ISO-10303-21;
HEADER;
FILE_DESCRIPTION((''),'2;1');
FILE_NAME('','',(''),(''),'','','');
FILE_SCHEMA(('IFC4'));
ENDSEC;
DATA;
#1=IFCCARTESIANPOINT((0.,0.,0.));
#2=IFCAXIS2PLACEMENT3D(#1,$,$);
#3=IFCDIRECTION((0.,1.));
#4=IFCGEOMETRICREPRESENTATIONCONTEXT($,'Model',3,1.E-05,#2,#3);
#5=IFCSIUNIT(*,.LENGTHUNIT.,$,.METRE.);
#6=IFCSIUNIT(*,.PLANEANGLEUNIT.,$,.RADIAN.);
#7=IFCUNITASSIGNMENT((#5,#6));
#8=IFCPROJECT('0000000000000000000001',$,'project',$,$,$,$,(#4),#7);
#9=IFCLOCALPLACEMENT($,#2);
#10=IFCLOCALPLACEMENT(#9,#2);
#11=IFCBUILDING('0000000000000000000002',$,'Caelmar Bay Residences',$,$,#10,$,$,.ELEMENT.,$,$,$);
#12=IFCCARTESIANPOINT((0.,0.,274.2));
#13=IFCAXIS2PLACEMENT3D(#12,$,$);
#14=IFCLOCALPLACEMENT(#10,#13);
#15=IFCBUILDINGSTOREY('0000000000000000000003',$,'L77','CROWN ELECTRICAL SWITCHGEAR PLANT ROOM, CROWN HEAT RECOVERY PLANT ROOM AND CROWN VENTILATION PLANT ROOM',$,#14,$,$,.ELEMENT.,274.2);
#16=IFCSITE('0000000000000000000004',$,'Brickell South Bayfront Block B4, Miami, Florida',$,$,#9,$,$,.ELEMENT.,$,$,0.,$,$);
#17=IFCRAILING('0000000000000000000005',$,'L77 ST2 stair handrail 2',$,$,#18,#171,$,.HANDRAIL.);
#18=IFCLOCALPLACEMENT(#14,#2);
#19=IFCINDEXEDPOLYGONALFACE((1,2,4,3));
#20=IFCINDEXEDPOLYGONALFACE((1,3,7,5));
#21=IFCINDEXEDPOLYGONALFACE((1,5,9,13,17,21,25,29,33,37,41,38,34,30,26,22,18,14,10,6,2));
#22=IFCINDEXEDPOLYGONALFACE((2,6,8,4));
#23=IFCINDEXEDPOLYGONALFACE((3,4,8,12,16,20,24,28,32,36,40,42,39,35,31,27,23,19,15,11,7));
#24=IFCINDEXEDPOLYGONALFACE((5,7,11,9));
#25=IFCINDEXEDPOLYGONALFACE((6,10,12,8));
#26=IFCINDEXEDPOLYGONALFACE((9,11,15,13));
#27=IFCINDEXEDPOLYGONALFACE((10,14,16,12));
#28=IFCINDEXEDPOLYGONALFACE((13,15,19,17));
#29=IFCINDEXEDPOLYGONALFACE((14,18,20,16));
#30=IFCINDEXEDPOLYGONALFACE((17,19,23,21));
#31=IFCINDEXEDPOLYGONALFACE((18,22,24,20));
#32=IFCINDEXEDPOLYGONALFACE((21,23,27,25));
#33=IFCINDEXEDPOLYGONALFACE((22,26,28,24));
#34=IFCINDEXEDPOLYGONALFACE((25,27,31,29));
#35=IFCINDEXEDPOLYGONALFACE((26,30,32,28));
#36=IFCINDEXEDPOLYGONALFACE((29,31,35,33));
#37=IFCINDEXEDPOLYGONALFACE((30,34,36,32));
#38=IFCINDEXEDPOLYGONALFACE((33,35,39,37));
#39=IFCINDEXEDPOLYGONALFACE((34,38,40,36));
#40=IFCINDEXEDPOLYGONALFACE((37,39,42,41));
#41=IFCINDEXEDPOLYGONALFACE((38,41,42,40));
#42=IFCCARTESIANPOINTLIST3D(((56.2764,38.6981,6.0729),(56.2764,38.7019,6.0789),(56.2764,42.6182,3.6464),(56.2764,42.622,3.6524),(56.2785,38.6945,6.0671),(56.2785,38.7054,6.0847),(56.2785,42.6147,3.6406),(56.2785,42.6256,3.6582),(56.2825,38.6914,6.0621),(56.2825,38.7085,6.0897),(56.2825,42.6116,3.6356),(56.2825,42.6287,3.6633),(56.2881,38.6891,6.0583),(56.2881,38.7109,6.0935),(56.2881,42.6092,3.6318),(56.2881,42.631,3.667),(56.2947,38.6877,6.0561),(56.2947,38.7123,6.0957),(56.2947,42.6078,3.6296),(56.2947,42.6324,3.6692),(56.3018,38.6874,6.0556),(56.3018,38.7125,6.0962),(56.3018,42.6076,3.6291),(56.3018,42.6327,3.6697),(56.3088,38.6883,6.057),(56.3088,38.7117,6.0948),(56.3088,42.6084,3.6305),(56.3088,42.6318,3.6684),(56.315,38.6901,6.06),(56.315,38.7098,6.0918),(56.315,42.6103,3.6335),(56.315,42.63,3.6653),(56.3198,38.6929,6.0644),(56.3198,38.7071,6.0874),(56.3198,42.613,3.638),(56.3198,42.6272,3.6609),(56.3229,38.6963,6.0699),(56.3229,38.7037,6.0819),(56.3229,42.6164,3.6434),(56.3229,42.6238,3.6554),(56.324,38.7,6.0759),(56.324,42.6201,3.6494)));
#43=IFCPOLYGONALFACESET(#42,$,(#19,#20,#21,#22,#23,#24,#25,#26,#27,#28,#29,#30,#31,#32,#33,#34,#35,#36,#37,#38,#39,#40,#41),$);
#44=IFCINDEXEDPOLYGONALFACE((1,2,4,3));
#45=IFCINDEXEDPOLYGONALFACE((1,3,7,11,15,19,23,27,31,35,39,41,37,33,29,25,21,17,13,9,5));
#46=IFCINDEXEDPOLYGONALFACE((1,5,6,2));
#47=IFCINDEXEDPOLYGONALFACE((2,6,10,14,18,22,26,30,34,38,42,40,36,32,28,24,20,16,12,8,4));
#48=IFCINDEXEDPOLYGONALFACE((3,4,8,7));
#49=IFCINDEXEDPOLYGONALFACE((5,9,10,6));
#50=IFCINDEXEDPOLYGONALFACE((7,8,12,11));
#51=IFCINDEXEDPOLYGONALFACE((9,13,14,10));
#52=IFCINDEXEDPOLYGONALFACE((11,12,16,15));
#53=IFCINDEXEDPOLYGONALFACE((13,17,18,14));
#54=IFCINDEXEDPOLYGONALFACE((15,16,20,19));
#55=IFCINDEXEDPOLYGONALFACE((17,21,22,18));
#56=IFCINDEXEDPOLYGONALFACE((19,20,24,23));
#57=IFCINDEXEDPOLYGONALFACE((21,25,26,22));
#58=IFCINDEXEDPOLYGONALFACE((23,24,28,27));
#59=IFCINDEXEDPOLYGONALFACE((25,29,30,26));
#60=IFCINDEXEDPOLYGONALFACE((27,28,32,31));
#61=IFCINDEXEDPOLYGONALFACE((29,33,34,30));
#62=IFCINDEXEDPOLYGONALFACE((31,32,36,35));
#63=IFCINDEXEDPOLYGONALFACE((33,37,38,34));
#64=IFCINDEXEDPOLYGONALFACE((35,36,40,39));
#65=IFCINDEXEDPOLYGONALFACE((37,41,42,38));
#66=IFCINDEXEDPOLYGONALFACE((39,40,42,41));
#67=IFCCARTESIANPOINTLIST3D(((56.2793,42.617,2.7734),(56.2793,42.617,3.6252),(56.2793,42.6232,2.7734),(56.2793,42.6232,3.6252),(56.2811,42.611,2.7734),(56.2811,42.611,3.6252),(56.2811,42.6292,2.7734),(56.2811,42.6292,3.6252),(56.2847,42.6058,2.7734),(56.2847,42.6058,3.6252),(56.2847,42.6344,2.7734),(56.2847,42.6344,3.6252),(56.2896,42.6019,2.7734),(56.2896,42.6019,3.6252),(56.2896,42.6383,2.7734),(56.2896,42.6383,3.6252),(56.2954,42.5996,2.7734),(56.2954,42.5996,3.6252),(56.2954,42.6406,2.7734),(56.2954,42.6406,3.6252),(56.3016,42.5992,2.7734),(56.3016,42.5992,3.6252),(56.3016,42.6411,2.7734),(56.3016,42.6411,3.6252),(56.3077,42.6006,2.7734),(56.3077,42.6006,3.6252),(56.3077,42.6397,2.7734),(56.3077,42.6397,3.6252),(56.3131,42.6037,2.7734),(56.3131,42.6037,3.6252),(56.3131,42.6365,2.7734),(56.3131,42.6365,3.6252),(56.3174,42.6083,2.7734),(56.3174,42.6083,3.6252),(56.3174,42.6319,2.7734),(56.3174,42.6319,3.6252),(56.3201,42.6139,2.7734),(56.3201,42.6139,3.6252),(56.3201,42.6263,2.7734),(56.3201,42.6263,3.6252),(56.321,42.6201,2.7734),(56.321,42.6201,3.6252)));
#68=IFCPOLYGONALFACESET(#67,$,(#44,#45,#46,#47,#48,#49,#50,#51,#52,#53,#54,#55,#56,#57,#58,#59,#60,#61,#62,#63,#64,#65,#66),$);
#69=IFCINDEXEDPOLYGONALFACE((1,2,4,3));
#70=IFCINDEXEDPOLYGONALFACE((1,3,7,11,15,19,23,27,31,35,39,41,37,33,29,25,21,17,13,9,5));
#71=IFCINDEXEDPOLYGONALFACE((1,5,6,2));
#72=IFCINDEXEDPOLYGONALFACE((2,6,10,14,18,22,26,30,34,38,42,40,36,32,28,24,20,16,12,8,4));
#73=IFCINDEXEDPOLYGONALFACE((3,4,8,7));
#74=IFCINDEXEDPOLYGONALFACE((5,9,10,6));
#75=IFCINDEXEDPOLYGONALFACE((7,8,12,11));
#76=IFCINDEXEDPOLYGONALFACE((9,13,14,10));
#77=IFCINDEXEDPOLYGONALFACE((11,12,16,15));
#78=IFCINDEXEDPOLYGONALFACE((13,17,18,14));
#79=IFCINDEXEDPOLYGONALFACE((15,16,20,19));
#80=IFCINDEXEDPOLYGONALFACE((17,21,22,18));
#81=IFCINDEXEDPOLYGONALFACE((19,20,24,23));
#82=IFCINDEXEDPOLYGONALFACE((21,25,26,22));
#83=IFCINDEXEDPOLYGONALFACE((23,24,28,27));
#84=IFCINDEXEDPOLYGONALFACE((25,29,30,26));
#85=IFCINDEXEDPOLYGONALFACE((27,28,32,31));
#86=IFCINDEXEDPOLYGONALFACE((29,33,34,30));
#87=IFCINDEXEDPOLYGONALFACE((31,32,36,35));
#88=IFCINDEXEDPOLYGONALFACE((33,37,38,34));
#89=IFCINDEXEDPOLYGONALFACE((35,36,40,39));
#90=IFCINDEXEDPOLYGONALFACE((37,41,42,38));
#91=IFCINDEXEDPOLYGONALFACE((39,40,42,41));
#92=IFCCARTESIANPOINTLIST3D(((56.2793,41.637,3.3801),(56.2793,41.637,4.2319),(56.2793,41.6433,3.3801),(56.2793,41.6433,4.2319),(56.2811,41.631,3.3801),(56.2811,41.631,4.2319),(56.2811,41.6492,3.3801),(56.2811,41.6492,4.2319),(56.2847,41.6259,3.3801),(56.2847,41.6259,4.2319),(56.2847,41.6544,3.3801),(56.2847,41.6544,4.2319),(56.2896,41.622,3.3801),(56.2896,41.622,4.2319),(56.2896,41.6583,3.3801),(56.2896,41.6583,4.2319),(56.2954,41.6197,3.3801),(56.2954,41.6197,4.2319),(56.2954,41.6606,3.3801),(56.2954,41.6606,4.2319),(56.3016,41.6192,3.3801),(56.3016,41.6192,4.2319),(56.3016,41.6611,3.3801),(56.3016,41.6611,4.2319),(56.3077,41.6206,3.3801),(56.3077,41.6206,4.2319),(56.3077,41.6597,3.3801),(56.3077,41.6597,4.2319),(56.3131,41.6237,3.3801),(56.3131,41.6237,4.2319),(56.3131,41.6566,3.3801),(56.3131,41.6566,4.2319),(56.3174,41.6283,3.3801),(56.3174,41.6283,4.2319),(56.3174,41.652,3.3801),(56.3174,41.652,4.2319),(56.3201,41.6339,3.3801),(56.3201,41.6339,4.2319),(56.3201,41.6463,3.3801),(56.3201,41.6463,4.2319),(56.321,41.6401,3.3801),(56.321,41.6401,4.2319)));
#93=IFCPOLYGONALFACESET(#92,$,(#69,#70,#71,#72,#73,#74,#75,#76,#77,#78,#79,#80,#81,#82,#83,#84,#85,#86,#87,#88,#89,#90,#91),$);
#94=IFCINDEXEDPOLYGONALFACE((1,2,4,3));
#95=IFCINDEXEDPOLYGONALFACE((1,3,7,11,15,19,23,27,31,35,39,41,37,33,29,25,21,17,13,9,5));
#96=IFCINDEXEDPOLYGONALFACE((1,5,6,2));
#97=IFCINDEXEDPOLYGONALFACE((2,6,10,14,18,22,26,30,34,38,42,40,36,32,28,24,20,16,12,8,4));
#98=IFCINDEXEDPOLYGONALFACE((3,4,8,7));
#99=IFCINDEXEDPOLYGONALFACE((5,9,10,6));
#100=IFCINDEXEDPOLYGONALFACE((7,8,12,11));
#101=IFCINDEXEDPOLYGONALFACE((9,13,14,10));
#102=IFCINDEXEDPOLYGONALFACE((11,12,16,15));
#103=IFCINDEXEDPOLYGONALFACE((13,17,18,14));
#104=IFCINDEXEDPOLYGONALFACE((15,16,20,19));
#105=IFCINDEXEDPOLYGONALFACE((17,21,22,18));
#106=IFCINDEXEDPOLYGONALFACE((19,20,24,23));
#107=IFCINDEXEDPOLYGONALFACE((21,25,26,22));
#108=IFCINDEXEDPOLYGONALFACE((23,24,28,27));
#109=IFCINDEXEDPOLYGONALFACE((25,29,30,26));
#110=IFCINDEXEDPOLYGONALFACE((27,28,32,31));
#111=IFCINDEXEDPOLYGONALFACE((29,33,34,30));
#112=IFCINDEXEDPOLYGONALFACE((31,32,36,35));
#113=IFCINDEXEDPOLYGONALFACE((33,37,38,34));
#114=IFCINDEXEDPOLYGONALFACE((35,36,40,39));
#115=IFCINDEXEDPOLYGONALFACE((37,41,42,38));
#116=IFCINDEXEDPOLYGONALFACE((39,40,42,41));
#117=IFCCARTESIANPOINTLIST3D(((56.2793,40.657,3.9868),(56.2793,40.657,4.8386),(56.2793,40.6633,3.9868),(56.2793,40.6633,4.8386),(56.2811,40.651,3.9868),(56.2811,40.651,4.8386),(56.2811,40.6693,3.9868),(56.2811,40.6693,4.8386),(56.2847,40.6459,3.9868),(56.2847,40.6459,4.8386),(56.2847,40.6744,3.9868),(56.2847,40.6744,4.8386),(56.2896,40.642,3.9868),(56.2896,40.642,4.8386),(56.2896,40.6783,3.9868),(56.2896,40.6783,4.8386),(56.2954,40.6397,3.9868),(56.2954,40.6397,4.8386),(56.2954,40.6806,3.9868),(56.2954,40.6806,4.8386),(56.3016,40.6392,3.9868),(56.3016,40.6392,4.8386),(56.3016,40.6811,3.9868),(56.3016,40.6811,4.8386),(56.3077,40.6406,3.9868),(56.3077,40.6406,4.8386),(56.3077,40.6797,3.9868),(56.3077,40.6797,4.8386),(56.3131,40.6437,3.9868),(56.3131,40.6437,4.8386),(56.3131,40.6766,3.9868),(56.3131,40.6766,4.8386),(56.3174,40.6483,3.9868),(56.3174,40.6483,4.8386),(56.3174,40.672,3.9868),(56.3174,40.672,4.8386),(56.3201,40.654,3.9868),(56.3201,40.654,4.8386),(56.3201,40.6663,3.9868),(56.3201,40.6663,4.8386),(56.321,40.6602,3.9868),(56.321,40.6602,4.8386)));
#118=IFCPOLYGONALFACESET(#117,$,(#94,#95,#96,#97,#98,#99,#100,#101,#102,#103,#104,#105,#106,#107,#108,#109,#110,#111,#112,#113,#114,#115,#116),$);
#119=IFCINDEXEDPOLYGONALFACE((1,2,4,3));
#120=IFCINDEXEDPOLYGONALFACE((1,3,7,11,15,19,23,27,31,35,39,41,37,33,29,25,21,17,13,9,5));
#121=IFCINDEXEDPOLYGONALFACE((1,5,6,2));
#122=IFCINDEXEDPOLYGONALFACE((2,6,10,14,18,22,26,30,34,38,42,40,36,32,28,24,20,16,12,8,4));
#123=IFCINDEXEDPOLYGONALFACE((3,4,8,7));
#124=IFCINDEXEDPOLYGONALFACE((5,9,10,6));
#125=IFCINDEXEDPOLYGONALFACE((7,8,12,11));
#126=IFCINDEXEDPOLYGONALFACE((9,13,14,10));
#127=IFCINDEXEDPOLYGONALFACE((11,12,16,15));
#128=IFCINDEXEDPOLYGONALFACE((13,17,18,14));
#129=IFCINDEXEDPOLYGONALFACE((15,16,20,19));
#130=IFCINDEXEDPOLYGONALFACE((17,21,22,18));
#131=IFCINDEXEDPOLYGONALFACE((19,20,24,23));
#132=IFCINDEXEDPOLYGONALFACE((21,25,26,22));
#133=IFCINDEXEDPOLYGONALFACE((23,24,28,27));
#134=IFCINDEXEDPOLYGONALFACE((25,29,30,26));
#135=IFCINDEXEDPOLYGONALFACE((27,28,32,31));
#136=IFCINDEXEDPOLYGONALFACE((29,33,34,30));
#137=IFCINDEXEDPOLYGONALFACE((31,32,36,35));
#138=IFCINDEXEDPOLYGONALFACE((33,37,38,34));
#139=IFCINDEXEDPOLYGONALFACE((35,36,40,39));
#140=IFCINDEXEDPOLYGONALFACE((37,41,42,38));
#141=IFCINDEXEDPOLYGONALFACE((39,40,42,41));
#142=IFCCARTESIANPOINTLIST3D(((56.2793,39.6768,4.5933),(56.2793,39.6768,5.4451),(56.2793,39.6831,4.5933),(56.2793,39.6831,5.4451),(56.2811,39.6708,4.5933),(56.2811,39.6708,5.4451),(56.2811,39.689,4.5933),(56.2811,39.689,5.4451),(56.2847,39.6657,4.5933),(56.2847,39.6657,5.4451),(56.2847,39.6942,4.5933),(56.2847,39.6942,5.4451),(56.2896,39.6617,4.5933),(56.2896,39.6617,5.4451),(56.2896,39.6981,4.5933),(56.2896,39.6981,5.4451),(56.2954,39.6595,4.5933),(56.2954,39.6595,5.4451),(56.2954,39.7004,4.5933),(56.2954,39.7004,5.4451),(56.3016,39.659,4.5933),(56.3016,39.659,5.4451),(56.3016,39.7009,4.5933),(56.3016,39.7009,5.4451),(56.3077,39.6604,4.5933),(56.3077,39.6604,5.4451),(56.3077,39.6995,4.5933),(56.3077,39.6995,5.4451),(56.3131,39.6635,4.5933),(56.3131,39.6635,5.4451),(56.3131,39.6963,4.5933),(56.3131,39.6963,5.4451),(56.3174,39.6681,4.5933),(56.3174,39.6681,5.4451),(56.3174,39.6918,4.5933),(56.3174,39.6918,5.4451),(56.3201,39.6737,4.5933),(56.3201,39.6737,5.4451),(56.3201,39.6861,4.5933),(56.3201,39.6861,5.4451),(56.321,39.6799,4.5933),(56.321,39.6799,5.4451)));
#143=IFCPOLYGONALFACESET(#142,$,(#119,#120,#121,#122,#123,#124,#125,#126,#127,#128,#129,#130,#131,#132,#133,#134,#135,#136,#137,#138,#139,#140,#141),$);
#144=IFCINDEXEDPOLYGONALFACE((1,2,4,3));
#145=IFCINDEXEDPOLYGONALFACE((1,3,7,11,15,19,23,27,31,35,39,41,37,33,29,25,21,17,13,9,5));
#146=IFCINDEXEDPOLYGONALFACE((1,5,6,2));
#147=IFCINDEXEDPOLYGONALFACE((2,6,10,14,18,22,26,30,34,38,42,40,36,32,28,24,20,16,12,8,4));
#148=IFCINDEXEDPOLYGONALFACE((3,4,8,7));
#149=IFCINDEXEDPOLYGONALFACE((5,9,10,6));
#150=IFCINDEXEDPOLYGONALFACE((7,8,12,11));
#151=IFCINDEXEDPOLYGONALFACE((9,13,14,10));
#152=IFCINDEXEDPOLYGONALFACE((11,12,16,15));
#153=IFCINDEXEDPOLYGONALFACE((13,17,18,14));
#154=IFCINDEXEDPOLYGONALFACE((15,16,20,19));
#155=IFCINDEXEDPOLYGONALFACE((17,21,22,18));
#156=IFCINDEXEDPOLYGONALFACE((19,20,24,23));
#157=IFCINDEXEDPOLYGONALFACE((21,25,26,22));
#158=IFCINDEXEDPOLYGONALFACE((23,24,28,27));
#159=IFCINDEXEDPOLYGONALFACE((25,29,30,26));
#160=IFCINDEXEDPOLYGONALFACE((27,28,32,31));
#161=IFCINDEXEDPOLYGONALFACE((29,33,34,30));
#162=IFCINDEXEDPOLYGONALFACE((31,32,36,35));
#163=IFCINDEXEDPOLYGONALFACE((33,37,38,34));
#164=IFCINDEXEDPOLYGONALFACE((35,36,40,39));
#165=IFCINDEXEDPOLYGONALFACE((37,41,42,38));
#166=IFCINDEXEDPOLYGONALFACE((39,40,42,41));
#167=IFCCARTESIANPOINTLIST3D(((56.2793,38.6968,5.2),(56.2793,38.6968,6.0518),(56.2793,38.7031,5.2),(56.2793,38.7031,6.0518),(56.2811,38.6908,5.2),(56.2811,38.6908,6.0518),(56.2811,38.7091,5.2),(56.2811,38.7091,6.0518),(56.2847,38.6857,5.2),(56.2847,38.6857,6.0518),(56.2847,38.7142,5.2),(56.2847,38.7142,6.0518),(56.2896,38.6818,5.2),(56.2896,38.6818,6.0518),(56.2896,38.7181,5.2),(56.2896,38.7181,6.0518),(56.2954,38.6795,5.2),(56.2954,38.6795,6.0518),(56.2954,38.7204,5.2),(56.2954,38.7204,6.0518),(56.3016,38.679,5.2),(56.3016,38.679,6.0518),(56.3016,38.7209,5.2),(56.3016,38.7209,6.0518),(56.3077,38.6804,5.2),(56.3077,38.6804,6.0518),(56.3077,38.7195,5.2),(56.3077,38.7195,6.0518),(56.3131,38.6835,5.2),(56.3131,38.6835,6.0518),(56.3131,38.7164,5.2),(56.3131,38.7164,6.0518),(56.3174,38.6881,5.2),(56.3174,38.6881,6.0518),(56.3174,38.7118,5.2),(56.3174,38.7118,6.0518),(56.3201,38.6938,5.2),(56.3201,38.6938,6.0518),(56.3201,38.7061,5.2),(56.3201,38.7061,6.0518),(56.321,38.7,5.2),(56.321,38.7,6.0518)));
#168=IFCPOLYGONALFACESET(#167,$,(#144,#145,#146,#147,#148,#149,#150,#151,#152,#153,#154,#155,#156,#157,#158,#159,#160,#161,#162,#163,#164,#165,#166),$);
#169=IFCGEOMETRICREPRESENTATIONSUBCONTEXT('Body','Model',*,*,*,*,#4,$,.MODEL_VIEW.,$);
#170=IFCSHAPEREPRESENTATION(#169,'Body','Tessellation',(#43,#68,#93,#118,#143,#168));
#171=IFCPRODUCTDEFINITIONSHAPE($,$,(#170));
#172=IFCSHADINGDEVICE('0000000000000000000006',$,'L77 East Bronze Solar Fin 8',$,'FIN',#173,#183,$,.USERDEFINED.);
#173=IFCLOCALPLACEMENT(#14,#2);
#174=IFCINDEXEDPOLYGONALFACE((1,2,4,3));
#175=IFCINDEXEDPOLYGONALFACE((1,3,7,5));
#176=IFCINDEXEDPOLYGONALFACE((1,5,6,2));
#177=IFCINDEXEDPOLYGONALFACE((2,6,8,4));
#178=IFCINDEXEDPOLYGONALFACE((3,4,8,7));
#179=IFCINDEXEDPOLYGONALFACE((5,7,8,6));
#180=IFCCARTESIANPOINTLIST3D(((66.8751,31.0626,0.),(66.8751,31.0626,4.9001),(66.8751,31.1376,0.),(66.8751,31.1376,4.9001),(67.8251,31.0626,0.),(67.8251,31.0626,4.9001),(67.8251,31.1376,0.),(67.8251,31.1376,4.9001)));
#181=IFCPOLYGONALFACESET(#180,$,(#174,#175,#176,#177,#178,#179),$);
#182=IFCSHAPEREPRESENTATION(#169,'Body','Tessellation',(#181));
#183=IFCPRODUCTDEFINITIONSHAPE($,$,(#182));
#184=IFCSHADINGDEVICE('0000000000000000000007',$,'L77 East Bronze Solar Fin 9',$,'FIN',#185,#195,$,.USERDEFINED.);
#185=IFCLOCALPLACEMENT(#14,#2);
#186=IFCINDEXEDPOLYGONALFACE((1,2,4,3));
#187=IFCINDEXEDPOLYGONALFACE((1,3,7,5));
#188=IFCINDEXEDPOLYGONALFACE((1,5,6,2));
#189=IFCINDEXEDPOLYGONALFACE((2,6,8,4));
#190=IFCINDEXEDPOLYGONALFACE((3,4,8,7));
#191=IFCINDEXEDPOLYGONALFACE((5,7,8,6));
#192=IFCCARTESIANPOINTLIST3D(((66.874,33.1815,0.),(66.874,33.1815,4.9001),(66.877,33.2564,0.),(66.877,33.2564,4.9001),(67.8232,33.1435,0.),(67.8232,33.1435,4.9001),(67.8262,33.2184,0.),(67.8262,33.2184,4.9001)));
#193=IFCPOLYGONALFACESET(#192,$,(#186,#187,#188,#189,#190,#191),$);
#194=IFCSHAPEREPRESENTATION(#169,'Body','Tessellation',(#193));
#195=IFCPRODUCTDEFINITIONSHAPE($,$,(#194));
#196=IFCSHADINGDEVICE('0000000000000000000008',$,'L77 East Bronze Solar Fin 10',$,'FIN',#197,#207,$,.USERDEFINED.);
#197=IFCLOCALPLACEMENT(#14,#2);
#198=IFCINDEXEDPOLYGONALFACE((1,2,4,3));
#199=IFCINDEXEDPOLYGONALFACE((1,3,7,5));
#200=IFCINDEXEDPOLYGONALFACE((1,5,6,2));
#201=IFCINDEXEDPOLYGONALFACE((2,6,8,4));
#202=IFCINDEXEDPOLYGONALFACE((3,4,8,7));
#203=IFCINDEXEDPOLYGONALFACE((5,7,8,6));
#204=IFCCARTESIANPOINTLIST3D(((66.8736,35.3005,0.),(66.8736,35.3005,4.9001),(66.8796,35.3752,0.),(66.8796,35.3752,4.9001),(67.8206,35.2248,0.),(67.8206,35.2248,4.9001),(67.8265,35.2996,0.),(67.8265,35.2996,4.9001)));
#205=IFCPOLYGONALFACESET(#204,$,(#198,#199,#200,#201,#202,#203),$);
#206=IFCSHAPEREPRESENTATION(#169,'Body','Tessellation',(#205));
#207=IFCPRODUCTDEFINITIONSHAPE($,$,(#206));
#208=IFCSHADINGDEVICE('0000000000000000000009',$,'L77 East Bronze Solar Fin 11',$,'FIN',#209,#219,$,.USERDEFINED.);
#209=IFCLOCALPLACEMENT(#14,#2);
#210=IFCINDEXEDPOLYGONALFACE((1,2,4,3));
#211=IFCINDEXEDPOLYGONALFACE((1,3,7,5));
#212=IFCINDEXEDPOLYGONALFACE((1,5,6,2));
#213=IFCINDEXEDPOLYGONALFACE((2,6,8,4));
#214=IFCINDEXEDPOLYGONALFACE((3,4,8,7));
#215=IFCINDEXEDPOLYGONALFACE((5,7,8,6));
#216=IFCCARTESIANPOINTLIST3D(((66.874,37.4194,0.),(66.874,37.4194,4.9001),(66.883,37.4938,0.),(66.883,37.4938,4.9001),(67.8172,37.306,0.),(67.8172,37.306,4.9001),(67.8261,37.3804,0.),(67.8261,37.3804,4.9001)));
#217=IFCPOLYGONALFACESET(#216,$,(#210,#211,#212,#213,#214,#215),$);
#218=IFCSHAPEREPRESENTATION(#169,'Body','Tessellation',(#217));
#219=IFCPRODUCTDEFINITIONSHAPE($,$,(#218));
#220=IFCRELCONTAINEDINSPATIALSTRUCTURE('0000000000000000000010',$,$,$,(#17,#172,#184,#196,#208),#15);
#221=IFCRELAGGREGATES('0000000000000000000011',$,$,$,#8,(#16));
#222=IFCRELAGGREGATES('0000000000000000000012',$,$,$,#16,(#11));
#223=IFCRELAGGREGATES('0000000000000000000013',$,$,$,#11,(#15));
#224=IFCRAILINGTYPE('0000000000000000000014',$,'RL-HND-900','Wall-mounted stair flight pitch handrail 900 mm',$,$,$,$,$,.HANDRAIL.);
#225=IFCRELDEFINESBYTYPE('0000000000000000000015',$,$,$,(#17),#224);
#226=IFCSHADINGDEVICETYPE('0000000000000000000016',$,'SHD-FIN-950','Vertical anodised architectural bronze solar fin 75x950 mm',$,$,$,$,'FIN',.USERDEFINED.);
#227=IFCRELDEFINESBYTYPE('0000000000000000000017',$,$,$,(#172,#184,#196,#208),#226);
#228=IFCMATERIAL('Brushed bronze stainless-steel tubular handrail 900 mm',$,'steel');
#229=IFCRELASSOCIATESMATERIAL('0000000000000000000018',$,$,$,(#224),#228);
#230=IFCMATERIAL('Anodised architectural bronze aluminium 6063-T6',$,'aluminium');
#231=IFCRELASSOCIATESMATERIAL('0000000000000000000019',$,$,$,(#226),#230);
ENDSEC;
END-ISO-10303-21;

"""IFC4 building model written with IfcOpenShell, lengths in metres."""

from ifc_helpers import new_model, si_unit, direction, frame, origin, origin_2d, place, context, subcontext, project, spatial, rectangle, circle, extrude, material, material_profile, profile_set, type_object, element, save


model = new_model("IFC4")

# Units and contexts
model_context = context("Model", 3, precision=1e-05, world=origin(), true_north=direction((0.0, 1.0)))
body_context = subcontext(model_context, "Body", "Model", "MODEL_VIEW")
ifc_project = project(units=[si_unit("LENGTHUNIT", "METRE"), si_unit("PLANEANGLEUNIT", "RADIAN")], contexts=[model_context])

# Site, building, storey
site_placement = place(None, origin())
site = spatial("IfcSite", under=ifc_project, at=site_placement, Name="Brickell South Bayfront Block B4, Miami, Florida", CompositionType="ELEMENT", RefElevation=0.0)
building_placement = place(site_placement, origin())
building = spatial("IfcBuilding", under=site, at=building_placement, Name="Caelmar Bay Residences", CompositionType="ELEMENT")
storey_placement = place(building_placement, frame((0.0, 0.0, 274.2)))
storey = spatial("IfcBuildingStorey", under=building, at=storey_placement, Name="L77", Description="CROWN ELECTRICAL SWITCHGEAR PLANT ROOM, CROWN HEAT RECOVERY PLANT ROOM AND CROWN VENTILATION PLANT ROOM", CompositionType="ELEMENT", Elevation=274.2)

# Railing
ifc_material_1 = material(Name="Brushed bronze stainless-steel tubular handrail 900 mm", Category="steel")
railing_type_1 = type_object("IfcRailingType", Name="RL-HND-900", Description="Wall-mounted stair flight pitch handrail 900 mm", PredefinedType="HANDRAIL", material=ifc_material_1)
railing_1_placement = place(storey_placement, frame((56.3, 42.6201, 2.7734)))
element("IfcRailing", 1, at=railing_1_placement, inside=storey, type_object=railing_type_1, Name="L77 ST2 stair handrail 2", PredefinedType="HANDRAIL", context=body_context, shape_type="SweptSolid", body=[
    extrude(circle(Radius=0.0239, at=origin_2d()), frame((0.0, 0.0, 0.876), z_axis=(0.0, -0.85029, 0.526315), x_axis=(1.0, 0.0, 0.0)), (0.0, 0.0, 1.0), 4.6104),
    extrude(circle(Radius=0.021, at=origin_2d()), origin(), (0.0, 0.0, 1.0), 0.8518),
    extrude(circle(Radius=0.021, at=origin_2d()), frame((0.0, -0.98, 0.6067)), (0.0, 0.0, 1.0), 0.8518),
    extrude(circle(Radius=0.021, at=origin_2d()), frame((0.0, -1.96, 1.2134)), (0.0, 0.0, 1.0), 0.8518),
    extrude(circle(Radius=0.021, at=origin_2d()), frame((0.0, -2.9402, 1.8198)), (0.0, 0.0, 1.0), 0.8518),
    extrude(circle(Radius=0.021, at=origin_2d()), frame((0.0, -3.9202, 2.4265)), (0.0, 0.0, 1.0), 0.8518),
])

# Shading devices
ifc_material_2 = material(Name="Anodised architectural bronze aluminium 6063-T6", Category="aluminium")
ifc_material_profile_1 = material_profile(ifc_material_2, rectangle(XDim=0.075, YDim=0.95, at=origin_2d()), Name="BRONZE-FIN-75X950")
ifc_profile_set_1 = profile_set([ifc_material_profile_1], Name="Anodised architectural bronze aluminium 6063-T6")
shading_device_type = type_object("IfcShadingDeviceType", Name="SHD-FIN-950", Description="Vertical anodised architectural bronze solar fin 75x950 mm", ElementType="FIN", PredefinedType="USERDEFINED", material=ifc_profile_set_1)
for number, where, z_axis, x_axis, name in (
    (2, (67.3501, 31.1001, 0.0), (0.0, 0.0, 1.0), (0.0, 1.0, 0.0), "L77 East Bronze Solar Fin 8"),
    (3, (67.3501, 33.2, 0.0), (0.0, 0.0, 1.0), (0.039957, 0.999201, 0.0), "L77 East Bronze Solar Fin 9"),
    (4, (67.3501, 35.3, 0.0), (0.0, 0.0, 1.0), (0.079677, 0.996821, 0.0), "L77 East Bronze Solar Fin 10"),
    (5, (67.3501, 37.3999, 0.0), (0.0, 0.0, 1.0), (0.119444, 0.992841, 0.0), "L77 East Bronze Solar Fin 11"),
):
    element("IfcShadingDevice", number, at=place(storey_placement, frame(where, z_axis=z_axis, x_axis=x_axis)), inside=storey, type_object=shading_device_type, Name=name, ObjectType="FIN", PredefinedType="USERDEFINED", context=body_context, shape_type="SweptSolid", body=[
        extrude(rectangle(XDim=0.075, YDim=0.95, at=origin_2d()), origin(), (0.0, 0.0, 1.0), 4.9001),
    ])

save(model, "model.ifc")
